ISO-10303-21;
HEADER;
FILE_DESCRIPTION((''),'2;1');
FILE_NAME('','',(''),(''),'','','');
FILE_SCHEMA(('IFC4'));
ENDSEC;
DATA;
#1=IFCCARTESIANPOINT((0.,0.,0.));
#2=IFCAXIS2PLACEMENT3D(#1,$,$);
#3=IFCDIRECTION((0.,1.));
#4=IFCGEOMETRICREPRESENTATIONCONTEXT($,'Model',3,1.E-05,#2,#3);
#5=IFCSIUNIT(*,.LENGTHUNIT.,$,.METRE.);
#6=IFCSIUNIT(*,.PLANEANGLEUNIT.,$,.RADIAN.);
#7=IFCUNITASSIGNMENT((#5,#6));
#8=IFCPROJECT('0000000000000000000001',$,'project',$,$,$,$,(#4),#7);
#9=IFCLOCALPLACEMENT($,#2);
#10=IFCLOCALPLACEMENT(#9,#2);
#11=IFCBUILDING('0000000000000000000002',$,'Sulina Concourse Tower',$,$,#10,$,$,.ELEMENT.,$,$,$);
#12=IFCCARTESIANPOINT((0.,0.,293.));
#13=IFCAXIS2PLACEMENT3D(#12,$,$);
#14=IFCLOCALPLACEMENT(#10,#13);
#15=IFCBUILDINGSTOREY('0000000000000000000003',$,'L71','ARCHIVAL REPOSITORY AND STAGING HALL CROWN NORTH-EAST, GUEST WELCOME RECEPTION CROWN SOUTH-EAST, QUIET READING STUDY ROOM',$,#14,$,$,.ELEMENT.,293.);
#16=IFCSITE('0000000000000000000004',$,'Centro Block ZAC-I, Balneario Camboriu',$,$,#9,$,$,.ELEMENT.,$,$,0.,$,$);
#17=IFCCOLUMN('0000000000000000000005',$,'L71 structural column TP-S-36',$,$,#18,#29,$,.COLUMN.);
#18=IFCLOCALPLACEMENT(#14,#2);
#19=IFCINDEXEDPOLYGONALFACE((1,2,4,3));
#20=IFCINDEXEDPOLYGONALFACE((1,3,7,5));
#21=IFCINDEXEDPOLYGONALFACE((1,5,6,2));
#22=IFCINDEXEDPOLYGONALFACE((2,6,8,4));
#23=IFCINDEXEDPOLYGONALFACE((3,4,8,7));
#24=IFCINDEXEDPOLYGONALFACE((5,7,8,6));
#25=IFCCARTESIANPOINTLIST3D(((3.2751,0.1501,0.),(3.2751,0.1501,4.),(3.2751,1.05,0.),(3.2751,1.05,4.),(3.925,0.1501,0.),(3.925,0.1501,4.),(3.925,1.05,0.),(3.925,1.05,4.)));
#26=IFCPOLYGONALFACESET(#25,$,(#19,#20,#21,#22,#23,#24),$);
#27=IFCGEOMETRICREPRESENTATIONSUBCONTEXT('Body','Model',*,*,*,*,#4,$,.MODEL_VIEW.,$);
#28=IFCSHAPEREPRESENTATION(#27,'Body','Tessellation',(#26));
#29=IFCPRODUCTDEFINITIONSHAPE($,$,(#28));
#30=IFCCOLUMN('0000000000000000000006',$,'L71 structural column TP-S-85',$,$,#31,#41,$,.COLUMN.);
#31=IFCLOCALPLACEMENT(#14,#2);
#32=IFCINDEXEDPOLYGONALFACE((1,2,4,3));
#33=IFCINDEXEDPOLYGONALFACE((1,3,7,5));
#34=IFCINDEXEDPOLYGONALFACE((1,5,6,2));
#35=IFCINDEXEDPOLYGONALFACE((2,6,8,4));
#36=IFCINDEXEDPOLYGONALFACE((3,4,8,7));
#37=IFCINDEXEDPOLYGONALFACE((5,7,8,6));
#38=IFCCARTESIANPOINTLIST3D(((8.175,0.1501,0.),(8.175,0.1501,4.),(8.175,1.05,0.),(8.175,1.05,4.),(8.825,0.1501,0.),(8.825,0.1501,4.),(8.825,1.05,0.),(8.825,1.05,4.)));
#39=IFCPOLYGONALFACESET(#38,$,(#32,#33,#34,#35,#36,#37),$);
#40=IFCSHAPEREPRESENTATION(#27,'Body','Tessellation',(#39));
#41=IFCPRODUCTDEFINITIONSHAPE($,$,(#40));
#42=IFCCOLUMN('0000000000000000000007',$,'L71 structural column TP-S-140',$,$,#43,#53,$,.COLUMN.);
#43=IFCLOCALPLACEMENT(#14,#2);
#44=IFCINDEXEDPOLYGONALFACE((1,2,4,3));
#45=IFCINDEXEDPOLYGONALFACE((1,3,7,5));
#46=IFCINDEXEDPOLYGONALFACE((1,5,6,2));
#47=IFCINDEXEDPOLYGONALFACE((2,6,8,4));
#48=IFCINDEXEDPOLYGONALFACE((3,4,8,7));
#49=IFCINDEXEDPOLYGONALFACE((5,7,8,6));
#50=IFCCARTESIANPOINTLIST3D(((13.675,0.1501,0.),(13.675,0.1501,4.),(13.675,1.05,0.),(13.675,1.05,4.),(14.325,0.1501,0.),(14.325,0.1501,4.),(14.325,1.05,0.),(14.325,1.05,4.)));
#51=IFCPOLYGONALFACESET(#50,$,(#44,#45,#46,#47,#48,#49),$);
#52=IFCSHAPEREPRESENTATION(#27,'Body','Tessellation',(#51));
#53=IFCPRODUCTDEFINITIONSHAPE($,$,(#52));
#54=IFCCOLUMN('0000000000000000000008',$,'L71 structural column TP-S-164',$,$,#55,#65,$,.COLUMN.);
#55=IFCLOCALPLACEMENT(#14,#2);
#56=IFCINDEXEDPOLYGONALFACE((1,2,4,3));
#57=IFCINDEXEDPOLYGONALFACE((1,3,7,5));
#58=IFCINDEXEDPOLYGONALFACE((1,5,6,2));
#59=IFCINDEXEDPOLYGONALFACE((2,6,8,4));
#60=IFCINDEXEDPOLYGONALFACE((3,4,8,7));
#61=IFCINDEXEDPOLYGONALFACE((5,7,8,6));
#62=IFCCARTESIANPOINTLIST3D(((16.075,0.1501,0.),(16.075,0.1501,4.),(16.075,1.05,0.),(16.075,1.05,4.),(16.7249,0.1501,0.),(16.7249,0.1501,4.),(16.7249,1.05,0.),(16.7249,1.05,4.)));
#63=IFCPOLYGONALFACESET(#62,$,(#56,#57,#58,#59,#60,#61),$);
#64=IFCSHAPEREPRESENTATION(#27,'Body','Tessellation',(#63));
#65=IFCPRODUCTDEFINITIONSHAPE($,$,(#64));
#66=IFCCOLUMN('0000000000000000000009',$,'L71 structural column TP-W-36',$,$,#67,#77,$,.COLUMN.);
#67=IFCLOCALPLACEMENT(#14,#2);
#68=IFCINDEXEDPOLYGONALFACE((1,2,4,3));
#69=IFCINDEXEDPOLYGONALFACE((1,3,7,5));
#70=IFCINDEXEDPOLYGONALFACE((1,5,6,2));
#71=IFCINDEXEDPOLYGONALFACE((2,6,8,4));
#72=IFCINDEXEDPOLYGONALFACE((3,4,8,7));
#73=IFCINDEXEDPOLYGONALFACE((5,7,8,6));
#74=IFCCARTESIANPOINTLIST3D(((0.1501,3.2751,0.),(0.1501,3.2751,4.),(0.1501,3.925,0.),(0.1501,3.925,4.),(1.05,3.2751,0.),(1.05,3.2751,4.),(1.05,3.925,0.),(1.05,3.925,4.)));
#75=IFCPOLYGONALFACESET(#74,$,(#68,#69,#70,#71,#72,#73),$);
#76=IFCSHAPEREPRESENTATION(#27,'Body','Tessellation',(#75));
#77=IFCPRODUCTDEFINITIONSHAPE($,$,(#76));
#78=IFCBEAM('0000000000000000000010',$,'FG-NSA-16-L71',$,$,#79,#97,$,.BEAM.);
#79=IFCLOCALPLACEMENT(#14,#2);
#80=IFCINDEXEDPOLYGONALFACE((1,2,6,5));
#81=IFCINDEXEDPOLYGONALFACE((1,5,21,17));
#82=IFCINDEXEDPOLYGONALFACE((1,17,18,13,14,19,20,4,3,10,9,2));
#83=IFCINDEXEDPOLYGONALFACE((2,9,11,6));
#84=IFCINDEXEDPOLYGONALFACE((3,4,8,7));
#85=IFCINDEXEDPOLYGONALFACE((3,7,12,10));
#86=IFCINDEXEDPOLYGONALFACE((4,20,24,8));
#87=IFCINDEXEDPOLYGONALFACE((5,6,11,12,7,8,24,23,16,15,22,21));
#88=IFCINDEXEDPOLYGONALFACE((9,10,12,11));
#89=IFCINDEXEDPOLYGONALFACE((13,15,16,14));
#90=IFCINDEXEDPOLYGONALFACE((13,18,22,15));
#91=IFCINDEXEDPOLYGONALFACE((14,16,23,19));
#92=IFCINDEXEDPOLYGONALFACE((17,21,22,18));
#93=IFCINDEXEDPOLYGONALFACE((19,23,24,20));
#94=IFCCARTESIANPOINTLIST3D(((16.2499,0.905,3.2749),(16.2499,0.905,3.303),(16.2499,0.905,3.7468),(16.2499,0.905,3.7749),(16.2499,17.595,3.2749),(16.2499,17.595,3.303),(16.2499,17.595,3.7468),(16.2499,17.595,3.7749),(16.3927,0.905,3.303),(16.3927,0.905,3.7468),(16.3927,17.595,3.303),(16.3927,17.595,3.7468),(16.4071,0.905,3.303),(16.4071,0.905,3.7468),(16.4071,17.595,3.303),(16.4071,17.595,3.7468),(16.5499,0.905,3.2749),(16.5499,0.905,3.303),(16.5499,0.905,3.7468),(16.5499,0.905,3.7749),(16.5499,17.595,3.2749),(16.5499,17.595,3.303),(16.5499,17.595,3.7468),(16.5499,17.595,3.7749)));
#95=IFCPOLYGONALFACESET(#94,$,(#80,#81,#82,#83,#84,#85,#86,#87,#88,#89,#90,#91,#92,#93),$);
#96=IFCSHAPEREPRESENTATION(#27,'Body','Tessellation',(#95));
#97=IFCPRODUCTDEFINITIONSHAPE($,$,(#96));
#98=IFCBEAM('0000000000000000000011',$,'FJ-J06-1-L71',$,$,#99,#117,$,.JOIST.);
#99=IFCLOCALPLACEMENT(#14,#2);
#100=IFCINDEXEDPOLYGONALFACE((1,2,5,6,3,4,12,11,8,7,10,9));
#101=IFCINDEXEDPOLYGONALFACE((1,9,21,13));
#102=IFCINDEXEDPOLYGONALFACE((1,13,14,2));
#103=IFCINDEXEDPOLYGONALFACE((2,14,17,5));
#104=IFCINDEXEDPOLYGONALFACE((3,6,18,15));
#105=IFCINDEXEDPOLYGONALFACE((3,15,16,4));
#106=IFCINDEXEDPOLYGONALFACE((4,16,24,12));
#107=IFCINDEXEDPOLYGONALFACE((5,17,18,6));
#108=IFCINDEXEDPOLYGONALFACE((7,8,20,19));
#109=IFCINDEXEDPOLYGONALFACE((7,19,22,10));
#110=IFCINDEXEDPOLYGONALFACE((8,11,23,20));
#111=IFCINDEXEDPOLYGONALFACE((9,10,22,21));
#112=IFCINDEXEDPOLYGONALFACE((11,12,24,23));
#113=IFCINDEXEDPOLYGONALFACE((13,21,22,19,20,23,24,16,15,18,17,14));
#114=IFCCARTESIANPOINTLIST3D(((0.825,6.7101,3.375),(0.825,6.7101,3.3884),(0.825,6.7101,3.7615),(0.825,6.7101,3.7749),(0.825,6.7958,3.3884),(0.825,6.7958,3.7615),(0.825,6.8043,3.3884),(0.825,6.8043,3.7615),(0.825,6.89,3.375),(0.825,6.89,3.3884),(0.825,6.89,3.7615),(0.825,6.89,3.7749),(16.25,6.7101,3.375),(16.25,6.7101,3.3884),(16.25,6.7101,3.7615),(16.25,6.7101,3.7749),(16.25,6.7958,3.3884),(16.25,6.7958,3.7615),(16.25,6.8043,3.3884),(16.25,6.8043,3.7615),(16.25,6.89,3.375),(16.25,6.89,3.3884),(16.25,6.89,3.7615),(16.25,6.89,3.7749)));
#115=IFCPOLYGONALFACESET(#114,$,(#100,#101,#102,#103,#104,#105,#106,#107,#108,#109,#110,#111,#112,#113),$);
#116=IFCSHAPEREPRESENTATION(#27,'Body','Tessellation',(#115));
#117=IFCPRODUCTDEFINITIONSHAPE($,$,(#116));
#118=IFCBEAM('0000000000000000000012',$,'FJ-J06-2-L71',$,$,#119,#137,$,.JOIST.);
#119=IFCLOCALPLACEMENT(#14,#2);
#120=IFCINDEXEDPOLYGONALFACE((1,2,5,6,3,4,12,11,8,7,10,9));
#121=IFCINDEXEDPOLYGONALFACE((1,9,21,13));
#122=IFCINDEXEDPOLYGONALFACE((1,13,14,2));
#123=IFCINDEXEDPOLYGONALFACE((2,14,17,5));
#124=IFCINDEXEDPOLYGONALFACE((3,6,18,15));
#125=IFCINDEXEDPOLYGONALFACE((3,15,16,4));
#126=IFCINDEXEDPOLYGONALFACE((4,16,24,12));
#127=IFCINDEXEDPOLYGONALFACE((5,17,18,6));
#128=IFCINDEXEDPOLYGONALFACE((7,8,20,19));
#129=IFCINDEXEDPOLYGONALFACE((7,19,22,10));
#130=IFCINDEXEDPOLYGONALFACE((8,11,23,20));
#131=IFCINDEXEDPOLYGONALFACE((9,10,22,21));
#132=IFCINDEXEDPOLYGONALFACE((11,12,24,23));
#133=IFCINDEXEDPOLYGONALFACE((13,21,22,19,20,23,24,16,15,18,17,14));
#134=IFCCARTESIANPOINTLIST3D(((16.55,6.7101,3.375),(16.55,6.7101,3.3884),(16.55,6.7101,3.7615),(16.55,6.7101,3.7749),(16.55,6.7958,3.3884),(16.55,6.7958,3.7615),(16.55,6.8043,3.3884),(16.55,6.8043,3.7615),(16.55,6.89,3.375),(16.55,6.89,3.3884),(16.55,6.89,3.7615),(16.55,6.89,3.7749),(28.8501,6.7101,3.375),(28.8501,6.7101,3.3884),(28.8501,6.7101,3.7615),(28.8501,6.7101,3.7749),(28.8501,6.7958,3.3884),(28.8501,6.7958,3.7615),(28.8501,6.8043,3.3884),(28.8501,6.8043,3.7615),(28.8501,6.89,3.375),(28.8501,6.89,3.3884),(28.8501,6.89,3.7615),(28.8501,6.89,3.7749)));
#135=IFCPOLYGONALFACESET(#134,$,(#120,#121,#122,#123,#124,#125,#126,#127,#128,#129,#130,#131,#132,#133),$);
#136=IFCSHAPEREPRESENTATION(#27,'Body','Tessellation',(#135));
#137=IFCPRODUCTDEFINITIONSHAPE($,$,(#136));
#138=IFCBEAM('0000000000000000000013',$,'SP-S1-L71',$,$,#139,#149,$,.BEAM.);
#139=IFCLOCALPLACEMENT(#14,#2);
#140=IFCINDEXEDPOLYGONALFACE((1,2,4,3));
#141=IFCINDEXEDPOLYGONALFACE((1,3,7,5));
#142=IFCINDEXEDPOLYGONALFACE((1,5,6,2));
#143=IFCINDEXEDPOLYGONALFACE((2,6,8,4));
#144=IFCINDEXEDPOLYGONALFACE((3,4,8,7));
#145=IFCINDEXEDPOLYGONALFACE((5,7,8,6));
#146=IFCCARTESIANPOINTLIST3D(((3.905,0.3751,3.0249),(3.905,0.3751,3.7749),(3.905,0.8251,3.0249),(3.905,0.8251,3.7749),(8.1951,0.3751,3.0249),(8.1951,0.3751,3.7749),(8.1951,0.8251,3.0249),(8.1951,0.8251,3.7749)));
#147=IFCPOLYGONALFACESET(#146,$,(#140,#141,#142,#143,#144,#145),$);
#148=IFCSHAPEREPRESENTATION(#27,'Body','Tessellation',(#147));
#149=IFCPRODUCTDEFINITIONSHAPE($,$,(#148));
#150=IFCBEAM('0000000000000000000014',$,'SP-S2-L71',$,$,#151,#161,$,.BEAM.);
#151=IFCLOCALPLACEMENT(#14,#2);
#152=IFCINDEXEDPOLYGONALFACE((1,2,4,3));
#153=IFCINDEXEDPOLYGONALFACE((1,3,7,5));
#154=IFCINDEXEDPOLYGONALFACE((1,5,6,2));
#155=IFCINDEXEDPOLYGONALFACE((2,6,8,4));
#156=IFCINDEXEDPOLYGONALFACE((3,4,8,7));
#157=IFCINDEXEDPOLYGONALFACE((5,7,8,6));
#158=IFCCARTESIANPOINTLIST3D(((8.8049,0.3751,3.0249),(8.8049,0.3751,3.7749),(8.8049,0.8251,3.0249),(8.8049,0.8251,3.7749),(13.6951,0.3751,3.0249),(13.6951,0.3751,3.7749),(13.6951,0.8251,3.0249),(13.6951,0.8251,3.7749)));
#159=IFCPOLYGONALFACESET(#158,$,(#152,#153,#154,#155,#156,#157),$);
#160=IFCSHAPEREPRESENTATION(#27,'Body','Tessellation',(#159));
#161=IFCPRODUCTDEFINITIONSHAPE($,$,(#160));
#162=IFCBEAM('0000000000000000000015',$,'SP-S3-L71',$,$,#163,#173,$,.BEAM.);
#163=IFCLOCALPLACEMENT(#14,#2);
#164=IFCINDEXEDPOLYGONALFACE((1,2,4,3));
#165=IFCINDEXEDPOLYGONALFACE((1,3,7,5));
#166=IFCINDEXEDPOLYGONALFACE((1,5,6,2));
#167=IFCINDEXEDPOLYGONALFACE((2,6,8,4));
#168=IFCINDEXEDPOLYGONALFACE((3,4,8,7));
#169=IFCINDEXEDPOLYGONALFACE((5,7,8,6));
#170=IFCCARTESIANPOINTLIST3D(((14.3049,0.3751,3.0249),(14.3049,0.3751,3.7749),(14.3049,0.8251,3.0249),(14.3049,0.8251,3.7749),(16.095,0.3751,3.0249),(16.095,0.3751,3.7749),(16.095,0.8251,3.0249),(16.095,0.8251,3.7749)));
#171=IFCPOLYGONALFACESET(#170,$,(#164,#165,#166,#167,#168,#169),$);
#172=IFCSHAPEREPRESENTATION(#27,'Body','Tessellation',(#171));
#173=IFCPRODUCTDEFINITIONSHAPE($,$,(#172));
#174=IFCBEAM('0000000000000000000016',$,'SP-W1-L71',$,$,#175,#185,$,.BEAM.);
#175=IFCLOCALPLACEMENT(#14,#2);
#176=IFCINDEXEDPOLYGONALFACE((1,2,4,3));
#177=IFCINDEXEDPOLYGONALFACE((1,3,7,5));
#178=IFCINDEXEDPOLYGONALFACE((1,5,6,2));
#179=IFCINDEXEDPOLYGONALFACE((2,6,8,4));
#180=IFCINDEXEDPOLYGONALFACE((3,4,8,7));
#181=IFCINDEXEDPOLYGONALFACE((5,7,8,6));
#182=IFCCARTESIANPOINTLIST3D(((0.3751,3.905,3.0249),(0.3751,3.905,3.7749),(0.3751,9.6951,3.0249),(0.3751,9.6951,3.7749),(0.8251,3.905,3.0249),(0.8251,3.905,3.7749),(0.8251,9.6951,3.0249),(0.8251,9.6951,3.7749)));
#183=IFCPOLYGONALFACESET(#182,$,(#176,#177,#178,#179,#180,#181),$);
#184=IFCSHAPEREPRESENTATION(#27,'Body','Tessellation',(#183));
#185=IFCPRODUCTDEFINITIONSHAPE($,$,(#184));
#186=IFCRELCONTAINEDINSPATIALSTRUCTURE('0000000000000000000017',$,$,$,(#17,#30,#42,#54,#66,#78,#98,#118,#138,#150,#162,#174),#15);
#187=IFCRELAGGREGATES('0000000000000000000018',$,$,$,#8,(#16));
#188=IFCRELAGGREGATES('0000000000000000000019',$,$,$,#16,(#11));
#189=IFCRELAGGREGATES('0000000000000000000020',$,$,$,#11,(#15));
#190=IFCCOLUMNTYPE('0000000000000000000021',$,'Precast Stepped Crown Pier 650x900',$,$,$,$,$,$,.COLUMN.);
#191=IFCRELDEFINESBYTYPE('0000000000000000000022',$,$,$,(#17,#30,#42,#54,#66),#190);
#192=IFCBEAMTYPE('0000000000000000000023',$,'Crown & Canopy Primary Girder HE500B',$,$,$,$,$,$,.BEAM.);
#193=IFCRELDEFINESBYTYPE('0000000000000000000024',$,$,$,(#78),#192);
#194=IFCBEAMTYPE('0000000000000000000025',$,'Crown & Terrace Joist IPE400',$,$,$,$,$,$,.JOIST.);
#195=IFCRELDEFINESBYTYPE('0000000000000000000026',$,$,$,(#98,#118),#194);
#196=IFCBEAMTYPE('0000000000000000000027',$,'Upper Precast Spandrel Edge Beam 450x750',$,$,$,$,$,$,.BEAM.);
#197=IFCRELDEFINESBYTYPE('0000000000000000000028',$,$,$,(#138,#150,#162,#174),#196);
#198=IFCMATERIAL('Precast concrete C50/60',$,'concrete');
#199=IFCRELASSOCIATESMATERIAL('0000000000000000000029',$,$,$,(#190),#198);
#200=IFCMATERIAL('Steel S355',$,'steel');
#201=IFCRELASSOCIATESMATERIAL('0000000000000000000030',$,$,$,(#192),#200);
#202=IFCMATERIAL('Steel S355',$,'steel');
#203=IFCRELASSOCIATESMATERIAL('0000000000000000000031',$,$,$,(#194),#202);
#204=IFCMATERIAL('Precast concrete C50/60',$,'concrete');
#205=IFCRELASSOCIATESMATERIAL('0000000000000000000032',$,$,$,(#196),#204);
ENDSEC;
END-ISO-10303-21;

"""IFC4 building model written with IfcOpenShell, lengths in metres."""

from ifc_helpers import new_model, si_unit, direction, frame, origin, origin_2d, place, context, subcontext, project, spatial, rectangle, i_section, extrude, material, material_profile, profile_set, type_object, element, save


model = new_model("IFC4")

# Units and contexts
model_context = context("Model", 3, precision=1e-05, world=origin(), true_north=direction((0.0, 1.0)))
body_context = subcontext(model_context, "Body", "Model", "MODEL_VIEW")
ifc_project = project(units=[si_unit("LENGTHUNIT", "METRE"), si_unit("PLANEANGLEUNIT", "RADIAN")], contexts=[model_context])

# Site, building, storey
site_placement = place(None, origin())
site = spatial("IfcSite", under=ifc_project, at=site_placement, Name="Centro Block ZAC-I, Balneario Camboriu", CompositionType="ELEMENT", RefElevation=0.0)
building_placement = place(site_placement, origin())
building = spatial("IfcBuilding", under=site, at=building_placement, Name="Sulina Concourse Tower", CompositionType="ELEMENT")
storey_placement = place(building_placement, frame((0.0, 0.0, 293.0)))
storey = spatial("IfcBuildingStorey", under=building, at=storey_placement, Name="L71", Description="ARCHIVAL REPOSITORY AND STAGING HALL CROWN NORTH-EAST, GUEST WELCOME RECEPTION CROWN SOUTH-EAST, QUIET READING STUDY ROOM", CompositionType="ELEMENT", Elevation=293.0)

# Columns
ifc_material_1 = material(Name="Precast concrete C50/60", Category="concrete")
ifc_material_profile_1 = material_profile(ifc_material_1, rectangle(XDim=0.6499, YDim=0.8999, at=origin_2d()), Name="PC 650x900")
ifc_profile_set_1 = profile_set([ifc_material_profile_1], Name="Precast concrete C50/60")
column_type = type_object("IfcColumnType", Name="Precast Stepped Crown Pier 650x900", PredefinedType="COLUMN", material=ifc_profile_set_1)
for number, where, z_axis, x_axis, name in (
    (1, (3.6001, 0.6001, 0.0), (0.0, 0.0, 1.0), (1.0, 0.0, 0.0), "L71 structural column TP-S-36"),
    (2, (8.5, 0.6001, 0.0), (0.0, 0.0, 1.0), (1.0, 0.0, 0.0), "L71 structural column TP-S-85"),
    (3, (14.0, 0.6001, 0.0), (0.0, 0.0, 1.0), (1.0, 0.0, 0.0), "L71 structural column TP-S-140"),
    (4, (16.3999, 0.6001, 0.0), (0.0, 0.0, 1.0), (1.0, 0.0, 0.0), "L71 structural column TP-S-164"),
    (5, (0.6001, 3.6001, 0.0), (0.0, 0.0, 1.0), (0.0, 1.0, 0.0), "L71 structural column TP-W-36"),
):
    element("IfcColumn", number, at=place(storey_placement, frame(where, z_axis=z_axis, x_axis=x_axis)), inside=storey, type_object=column_type, Name=name, PredefinedType="COLUMN", context=body_context, shape_type="SweptSolid", body=[
        extrude(rectangle(XDim=0.6499, YDim=0.8999, at=origin_2d()), origin(), (0.0, 0.0, 1.0), 4.0),
    ])

# Beams
ifc_material_2 = material(Name="Steel S355", Category="steel")
ifc_material_profile_2 = material_profile(ifc_material_2, i_section(OverallWidth=0.3, OverallDepth=0.5, WebThickness=0.0144, FlangeThickness=0.0281, at=origin_2d()), Name="HE 500 B")
ifc_profile_set_2 = profile_set([ifc_material_profile_2], Name="Steel S355")
beam_type_1 = type_object("IfcBeamType", Name="Crown & Canopy Primary Girder HE500B", PredefinedType="BEAM", material=ifc_profile_set_2)
beam_1_placement = place(storey_placement, frame((16.3999, 0.905, 3.5249), z_axis=(0.0, 1.0, 0.0), x_axis=(-1.0, 0.0, 0.0)))
element("IfcBeam", 6, at=beam_1_placement, inside=storey, type_object=beam_type_1, Name="FG-NSA-16-L71", PredefinedType="BEAM", context=body_context, shape_type="SweptSolid", body=[
    extrude(i_section(OverallWidth=0.3, OverallDepth=0.5, WebThickness=0.0144, FlangeThickness=0.0281, at=origin_2d()), origin(), (0.0, 0.0, 1.0), 16.6899),
])
ifc_material_3 = material(Name="Steel S355", Category="steel")
ifc_material_profile_3 = material_profile(ifc_material_3, i_section(OverallWidth=0.1799, OverallDepth=0.3999, WebThickness=0.0085, FlangeThickness=0.0134, at=origin_2d()), Name="IPE 400")
ifc_profile_set_3 = profile_set([ifc_material_profile_3], Name="Steel S355")
beam_type_2 = type_object("IfcBeamType", Name="Crown & Terrace Joist IPE400", PredefinedType="JOIST", material=ifc_profile_set_3)
beam_2_placement = place(storey_placement, frame((0.825, 6.8, 3.575), z_axis=(1.0, 0.0, 0.0), x_axis=(0.0, 1.0, 0.0)))
element("IfcBeam", 7, at=beam_2_placement, inside=storey, type_object=beam_type_2, Name="FJ-J06-1-L71", PredefinedType="JOIST", context=body_context, shape_type="SweptSolid", body=[
    extrude(i_section(OverallWidth=0.1799, OverallDepth=0.3999, WebThickness=0.0085, FlangeThickness=0.0134, at=origin_2d()), origin(), (0.0, 0.0, 1.0), 15.425),
])
beam_3_placement = place(storey_placement, frame((16.55, 6.8, 3.575), z_axis=(1.0, 0.0, 0.0), x_axis=(0.0, 1.0, 0.0)))
element("IfcBeam", 8, at=beam_3_placement, inside=storey, type_object=beam_type_2, Name="FJ-J06-2-L71", PredefinedType="JOIST", context=body_context, shape_type="SweptSolid", body=[
    extrude(i_section(OverallWidth=0.1799, OverallDepth=0.3999, WebThickness=0.0085, FlangeThickness=0.0134, at=origin_2d()), origin(), (0.0, 0.0, 1.0), 12.3),
])
ifc_material_4 = material(Name="Precast concrete C50/60", Category="concrete")
ifc_material_profile_4 = material_profile(ifc_material_4, rectangle(XDim=0.45, YDim=0.75, at=origin_2d()), Name="RC 450x750")
ifc_profile_set_4 = profile_set([ifc_material_profile_4], Name="Precast concrete C50/60")
beam_type_3 = type_object("IfcBeamType", Name="Upper Precast Spandrel Edge Beam 450x750", PredefinedType="BEAM", material=ifc_profile_set_4)
beam_4_placement = place(storey_placement, frame((3.905, 0.6001, 3.3999), z_axis=(1.0, 0.0, 0.0), x_axis=(0.0, 1.0, 0.0)))
element("IfcBeam", 9, at=beam_4_placement, inside=storey, type_object=beam_type_3, Name="SP-S1-L71", PredefinedType="BEAM", context=body_context, shape_type="SweptSolid", body=[
    extrude(rectangle(XDim=0.45, YDim=0.75, at=origin_2d()), origin(), (0.0, 0.0, 1.0), 4.29),
])
beam_5_placement = place(storey_placement, frame((8.8049, 0.6001, 3.3999), z_axis=(1.0, 0.0, 0.0), x_axis=(0.0, 1.0, 0.0)))
element("IfcBeam", 10, at=beam_5_placement, inside=storey, type_object=beam_type_3, Name="SP-S2-L71", PredefinedType="BEAM", context=body_context, shape_type="SweptSolid", body=[
    extrude(rectangle(XDim=0.45, YDim=0.75, at=origin_2d()), origin(), (0.0, 0.0, 1.0), 4.8901),
])
beam_6_placement = place(storey_placement, frame((14.3049, 0.6001, 3.3999), z_axis=(1.0, 0.0, 0.0), x_axis=(0.0, 1.0, 0.0)))
element("IfcBeam", 11, at=beam_6_placement, inside=storey, type_object=beam_type_3, Name="SP-S3-L71", PredefinedType="BEAM", context=body_context, shape_type="SweptSolid", body=[
    extrude(rectangle(XDim=0.45, YDim=0.75, at=origin_2d()), origin(), (0.0, 0.0, 1.0), 1.79),
])
beam_7_placement = place(storey_placement, frame((0.6001, 3.905, 3.3999), z_axis=(0.0, 1.0, 0.0), x_axis=(-1.0, 0.0, 0.0)))
element("IfcBeam", 12, at=beam_7_placement, inside=storey, type_object=beam_type_3, Name="SP-W1-L71", PredefinedType="BEAM", context=body_context, shape_type="SweptSolid", body=[
    extrude(rectangle(XDim=0.45, YDim=0.75, at=origin_2d()), origin(), (0.0, 0.0, 1.0), 5.79),
])

save(model, "model.ifc")
